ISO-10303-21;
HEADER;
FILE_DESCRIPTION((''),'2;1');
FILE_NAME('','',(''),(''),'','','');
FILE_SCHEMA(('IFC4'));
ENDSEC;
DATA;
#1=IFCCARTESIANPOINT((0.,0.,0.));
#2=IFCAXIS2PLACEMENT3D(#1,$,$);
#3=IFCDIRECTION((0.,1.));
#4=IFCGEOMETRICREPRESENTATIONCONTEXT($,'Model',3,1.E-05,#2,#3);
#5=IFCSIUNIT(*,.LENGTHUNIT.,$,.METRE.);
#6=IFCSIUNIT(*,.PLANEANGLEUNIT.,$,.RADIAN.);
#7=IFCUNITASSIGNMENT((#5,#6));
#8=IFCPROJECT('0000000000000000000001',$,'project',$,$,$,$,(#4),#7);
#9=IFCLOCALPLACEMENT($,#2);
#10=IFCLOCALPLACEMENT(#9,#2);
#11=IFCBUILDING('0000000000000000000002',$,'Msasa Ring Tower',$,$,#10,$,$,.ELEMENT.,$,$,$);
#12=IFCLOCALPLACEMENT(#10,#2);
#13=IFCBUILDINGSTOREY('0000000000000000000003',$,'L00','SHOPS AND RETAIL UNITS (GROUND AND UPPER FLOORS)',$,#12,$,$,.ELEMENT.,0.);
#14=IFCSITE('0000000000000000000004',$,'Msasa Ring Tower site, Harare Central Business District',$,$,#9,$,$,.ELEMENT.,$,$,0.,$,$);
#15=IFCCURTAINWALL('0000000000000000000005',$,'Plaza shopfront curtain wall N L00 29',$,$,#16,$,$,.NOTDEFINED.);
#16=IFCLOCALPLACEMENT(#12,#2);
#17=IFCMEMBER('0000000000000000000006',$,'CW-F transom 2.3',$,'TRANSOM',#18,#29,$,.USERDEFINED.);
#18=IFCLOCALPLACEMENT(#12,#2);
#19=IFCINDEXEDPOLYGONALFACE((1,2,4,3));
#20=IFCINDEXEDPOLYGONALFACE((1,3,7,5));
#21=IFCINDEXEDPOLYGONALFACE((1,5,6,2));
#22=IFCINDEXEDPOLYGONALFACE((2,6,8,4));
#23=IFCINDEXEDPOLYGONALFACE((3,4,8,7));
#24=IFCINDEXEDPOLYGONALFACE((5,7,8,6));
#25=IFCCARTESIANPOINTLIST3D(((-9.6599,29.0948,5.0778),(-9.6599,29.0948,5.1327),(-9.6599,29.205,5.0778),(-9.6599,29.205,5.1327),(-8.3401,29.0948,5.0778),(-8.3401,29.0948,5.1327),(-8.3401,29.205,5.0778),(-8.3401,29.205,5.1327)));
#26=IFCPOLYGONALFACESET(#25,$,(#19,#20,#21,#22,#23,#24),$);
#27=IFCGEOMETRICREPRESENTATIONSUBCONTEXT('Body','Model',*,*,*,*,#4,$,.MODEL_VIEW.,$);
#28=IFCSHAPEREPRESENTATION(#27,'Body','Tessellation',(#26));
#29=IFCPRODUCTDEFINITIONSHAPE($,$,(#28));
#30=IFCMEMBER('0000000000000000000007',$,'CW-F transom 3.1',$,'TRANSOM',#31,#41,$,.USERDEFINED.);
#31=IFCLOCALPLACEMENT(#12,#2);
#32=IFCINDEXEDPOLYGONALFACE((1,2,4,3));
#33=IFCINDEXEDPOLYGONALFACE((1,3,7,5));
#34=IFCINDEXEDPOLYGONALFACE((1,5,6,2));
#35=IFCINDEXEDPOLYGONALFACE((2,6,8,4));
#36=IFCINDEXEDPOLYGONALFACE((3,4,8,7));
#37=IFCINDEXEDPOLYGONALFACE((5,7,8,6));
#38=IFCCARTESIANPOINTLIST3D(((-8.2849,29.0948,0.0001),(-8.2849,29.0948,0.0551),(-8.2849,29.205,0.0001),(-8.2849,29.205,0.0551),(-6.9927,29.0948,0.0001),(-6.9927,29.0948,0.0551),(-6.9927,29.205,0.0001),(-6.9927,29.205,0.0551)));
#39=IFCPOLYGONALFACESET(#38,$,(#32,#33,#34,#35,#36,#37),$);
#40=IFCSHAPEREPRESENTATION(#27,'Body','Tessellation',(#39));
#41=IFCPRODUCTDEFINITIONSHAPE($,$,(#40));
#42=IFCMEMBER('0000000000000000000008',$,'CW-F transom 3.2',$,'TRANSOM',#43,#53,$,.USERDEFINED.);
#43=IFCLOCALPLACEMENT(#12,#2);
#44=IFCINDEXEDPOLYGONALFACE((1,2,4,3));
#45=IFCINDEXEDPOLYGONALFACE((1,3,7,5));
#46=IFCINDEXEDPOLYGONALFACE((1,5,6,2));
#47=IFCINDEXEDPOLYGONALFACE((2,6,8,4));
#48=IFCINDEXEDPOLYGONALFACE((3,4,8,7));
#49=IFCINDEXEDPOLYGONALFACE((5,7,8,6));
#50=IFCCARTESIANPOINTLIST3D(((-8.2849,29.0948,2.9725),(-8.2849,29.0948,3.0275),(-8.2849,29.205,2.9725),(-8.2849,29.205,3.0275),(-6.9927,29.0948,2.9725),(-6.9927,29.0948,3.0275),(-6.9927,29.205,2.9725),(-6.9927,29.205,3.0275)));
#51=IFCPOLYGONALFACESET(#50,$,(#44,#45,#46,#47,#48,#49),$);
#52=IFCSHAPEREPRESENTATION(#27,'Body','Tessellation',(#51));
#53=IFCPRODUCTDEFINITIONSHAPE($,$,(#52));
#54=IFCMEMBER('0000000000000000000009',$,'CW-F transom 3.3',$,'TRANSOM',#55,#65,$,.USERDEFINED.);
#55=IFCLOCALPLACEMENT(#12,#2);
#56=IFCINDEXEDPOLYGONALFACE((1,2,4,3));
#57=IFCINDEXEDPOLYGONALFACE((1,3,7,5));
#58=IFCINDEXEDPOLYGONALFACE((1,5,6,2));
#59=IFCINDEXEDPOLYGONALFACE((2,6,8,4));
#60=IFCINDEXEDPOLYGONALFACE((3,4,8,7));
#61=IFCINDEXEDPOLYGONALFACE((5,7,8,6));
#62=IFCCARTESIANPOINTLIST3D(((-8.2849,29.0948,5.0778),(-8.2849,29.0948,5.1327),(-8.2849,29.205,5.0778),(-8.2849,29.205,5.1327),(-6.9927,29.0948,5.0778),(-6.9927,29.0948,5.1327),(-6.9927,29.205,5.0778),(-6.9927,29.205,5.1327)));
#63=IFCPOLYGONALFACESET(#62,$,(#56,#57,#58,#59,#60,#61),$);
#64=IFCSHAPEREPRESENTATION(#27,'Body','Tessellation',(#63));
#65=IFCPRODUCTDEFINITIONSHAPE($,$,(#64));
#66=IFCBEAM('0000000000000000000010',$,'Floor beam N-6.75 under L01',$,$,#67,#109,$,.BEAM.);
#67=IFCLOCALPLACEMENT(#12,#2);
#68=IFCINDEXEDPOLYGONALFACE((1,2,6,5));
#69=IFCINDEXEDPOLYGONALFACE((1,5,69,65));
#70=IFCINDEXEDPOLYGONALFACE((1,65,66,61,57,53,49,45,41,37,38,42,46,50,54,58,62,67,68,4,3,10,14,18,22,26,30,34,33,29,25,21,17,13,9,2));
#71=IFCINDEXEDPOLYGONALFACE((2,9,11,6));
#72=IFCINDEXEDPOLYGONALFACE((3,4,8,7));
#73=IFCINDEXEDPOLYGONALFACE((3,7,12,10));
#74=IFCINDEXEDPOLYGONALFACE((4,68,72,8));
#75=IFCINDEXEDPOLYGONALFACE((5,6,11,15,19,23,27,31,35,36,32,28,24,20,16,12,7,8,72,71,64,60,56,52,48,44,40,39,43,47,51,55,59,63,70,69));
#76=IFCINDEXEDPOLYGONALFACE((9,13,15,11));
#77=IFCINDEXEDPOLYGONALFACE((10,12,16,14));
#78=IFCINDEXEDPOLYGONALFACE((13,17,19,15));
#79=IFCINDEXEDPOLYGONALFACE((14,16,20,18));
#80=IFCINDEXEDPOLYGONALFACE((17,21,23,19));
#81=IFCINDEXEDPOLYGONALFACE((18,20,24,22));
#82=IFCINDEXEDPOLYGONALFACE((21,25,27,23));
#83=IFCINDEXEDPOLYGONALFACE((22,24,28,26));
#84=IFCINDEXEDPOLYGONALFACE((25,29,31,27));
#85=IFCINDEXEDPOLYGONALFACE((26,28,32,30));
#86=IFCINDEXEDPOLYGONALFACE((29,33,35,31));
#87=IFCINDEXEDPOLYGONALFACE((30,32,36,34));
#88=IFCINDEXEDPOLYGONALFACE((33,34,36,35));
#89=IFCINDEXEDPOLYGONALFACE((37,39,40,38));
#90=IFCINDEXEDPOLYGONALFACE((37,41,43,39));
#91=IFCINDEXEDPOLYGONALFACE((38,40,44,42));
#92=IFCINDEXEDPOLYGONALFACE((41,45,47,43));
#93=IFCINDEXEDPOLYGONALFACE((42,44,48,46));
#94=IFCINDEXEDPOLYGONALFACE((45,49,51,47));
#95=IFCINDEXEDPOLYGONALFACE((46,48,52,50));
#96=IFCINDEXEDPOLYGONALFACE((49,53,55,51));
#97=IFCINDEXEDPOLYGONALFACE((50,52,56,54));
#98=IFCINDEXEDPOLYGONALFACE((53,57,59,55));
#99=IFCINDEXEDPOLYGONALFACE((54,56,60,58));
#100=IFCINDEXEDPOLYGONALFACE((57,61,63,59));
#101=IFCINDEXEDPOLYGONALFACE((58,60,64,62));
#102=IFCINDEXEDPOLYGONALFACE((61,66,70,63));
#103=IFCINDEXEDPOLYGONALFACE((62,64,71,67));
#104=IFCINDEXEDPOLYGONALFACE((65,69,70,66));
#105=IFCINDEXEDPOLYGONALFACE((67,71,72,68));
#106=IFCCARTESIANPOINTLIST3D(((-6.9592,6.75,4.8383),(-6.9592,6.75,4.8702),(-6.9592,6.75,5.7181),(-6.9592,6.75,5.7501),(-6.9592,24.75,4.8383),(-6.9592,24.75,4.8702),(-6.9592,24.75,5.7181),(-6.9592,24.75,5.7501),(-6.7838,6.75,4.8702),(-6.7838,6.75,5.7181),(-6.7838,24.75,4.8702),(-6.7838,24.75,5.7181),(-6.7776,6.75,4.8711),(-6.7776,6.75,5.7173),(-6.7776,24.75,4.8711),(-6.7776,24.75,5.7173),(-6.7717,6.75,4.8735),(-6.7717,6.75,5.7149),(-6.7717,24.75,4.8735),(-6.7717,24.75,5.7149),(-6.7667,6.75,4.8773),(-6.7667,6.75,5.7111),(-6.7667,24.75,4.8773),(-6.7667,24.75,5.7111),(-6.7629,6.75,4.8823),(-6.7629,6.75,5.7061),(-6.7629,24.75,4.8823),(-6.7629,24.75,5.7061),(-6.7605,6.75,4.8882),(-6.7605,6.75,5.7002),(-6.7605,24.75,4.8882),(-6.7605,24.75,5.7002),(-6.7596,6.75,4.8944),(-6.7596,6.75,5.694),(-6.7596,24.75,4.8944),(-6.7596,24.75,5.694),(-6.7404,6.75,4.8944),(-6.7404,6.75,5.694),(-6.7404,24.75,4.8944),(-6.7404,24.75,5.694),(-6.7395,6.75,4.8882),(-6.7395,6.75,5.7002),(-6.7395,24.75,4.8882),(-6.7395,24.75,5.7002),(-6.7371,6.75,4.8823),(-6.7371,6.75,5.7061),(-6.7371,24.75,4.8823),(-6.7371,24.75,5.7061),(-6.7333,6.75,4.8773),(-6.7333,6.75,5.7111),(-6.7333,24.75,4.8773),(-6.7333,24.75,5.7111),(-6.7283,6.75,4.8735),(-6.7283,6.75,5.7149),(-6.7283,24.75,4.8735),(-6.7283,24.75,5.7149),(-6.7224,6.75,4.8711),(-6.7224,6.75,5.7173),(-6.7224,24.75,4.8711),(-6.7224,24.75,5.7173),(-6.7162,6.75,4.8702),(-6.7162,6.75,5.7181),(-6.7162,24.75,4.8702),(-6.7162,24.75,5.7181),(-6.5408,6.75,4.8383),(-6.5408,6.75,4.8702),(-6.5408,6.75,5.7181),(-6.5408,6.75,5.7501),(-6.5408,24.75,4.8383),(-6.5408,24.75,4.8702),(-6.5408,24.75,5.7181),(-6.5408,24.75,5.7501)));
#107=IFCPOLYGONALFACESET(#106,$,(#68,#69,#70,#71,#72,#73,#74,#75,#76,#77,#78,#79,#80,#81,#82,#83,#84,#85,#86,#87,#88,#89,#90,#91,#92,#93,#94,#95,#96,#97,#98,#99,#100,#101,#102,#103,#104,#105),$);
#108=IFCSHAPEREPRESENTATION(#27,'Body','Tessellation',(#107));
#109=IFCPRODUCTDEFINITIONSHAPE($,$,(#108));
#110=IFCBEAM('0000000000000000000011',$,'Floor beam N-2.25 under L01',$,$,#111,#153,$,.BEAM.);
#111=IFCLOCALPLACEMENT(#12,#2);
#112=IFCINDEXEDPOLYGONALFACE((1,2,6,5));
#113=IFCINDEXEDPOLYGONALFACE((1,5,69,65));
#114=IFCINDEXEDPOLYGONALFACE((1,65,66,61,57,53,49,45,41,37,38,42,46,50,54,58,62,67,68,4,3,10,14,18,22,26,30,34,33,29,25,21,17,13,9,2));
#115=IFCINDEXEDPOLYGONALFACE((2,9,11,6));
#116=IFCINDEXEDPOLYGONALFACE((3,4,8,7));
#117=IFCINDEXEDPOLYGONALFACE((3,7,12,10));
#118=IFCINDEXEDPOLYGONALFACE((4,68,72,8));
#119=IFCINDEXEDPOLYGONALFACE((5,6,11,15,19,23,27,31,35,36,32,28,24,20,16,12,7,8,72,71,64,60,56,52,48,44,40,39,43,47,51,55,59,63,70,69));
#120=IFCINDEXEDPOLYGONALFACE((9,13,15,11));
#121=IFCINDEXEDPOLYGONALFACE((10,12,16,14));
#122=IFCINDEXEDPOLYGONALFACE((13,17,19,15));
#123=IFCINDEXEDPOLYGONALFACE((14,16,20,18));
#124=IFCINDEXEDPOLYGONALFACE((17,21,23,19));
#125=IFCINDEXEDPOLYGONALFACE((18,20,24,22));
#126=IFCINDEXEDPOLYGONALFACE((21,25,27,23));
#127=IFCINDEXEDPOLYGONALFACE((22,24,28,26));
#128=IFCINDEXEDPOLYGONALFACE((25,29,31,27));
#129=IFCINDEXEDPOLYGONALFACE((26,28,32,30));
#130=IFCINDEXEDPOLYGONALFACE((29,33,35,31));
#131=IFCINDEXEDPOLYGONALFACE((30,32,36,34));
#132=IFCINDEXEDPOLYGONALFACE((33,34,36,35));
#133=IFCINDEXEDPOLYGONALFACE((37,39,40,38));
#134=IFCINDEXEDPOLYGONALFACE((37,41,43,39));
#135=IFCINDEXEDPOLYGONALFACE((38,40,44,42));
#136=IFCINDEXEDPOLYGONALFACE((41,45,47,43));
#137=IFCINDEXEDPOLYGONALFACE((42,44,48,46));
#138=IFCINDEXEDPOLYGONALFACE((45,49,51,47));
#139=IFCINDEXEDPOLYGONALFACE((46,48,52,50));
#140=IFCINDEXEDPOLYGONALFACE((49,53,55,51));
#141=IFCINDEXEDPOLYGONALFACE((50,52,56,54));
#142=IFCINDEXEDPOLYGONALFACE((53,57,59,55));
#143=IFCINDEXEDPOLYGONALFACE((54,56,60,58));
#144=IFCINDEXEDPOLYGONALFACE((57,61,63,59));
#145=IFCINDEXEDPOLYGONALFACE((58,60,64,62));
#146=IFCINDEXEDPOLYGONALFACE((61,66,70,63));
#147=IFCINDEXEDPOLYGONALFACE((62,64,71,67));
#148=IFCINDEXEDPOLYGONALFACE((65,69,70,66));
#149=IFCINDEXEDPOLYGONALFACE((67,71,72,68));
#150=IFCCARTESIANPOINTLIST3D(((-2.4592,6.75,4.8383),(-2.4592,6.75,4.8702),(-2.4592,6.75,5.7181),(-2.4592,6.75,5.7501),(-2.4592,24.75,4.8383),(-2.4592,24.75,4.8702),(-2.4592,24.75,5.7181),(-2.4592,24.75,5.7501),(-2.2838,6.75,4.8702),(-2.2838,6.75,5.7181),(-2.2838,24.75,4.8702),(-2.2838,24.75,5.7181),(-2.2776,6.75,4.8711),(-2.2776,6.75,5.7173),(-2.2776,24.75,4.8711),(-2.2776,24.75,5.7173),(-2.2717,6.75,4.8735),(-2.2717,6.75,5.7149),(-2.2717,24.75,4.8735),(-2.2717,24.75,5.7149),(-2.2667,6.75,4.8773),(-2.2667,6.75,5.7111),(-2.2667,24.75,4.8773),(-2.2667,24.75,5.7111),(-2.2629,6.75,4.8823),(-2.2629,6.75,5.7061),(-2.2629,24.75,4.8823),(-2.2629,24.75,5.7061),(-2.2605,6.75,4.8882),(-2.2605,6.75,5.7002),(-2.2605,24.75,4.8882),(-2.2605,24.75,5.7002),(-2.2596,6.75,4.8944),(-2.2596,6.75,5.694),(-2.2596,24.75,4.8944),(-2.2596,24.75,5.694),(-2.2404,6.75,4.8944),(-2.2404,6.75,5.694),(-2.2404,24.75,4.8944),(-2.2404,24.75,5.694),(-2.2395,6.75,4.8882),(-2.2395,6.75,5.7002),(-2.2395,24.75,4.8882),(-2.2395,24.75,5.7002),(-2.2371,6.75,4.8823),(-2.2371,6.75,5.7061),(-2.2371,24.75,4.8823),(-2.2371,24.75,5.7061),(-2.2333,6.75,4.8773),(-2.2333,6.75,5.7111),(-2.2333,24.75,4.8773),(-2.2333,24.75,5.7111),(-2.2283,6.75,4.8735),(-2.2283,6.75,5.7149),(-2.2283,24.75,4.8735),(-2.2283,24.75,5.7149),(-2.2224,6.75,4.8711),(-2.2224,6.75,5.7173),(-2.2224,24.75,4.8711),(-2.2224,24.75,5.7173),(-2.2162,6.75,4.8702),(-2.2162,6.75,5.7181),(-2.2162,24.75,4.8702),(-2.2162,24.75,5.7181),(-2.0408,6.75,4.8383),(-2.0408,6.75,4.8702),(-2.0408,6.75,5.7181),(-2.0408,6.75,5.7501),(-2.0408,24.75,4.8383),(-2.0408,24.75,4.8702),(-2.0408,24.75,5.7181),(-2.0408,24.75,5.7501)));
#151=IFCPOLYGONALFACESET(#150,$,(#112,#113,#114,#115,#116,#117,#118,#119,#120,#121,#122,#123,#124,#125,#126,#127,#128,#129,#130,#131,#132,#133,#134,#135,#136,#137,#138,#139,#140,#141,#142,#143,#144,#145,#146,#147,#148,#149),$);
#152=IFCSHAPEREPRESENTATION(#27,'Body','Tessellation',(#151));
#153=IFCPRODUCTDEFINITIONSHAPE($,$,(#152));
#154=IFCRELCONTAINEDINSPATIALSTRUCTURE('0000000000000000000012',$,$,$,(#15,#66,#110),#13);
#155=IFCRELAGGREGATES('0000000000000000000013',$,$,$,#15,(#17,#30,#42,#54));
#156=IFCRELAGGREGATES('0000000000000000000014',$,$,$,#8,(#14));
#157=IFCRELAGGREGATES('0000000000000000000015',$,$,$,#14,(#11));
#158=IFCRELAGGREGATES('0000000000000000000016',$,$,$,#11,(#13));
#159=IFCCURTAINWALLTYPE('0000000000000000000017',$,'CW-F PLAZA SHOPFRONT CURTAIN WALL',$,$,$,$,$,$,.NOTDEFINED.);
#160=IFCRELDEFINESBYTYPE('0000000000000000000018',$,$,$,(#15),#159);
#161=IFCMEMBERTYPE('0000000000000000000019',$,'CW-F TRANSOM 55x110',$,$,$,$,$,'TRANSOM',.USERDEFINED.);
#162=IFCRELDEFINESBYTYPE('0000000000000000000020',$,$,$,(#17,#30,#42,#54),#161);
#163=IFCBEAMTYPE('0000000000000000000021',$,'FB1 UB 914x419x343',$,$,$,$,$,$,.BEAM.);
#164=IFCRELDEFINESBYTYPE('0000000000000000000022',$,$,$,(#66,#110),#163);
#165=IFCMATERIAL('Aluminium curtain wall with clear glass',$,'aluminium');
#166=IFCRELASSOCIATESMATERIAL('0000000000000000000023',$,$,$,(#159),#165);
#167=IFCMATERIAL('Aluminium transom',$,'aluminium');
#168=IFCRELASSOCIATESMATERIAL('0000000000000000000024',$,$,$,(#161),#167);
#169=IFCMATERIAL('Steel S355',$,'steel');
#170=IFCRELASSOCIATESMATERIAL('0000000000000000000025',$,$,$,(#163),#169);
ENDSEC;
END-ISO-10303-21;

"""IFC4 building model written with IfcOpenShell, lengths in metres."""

from ifc_helpers import new_model, si_unit, direction, frame, origin, origin_2d, place, context, subcontext, project, spatial, rectangle, i_section, extrude, material, material_profile, profile_set, type_object, element, aggregate, save


model = new_model("IFC4")

# Units and contexts
model_context = context("Model", 3, precision=1e-05, world=origin(), true_north=direction((0.0, 1.0)))
body_context = subcontext(model_context, "Body", "Model", "MODEL_VIEW")
ifc_project = project(units=[si_unit("LENGTHUNIT", "METRE"), si_unit("PLANEANGLEUNIT", "RADIAN")], contexts=[model_context])

# Site, building, storey
site_placement = place(None, origin())
site = spatial("IfcSite", under=ifc_project, at=site_placement, Name="Msasa Ring Tower site, Harare Central Business District", CompositionType="ELEMENT", RefElevation=0.0)
building_placement = place(site_placement, origin())
building = spatial("IfcBuilding", under=site, at=building_placement, Name="Msasa Ring Tower", CompositionType="ELEMENT")
storey_placement = place(building_placement, origin())
storey = spatial("IfcBuildingStorey", under=building, at=storey_placement, Name="L00", Description="SHOPS AND RETAIL UNITS (GROUND AND UPPER FLOORS)", CompositionType="ELEMENT", Elevation=0.0)

# Curtain wall, members
ifc_material_1 = material(Name="Aluminium curtain wall with clear glass", Category="aluminium")
curtain_wall_type = type_object("IfcCurtainWallType", Name="CW-F PLAZA SHOPFRONT CURTAIN WALL", PredefinedType="NOTDEFINED", material=ifc_material_1)
curtain_wall_placement = place(storey_placement, origin())
curtain_wall = element("IfcCurtainWall", 1, at=curtain_wall_placement, inside=storey, type_object=curtain_wall_type, Name="Plaza shopfront curtain wall N L00 29", PredefinedType="NOTDEFINED")
ifc_material_2 = material(Name="Aluminium transom", Category="aluminium")
ifc_material_profile_1 = material_profile(ifc_material_2, rectangle(XDim=0.1101, YDim=0.0549, at=origin_2d()), Name="AL 55x110")
ifc_profile_set_1 = profile_set([ifc_material_profile_1], Name="Aluminium transom")
member_type_1 = type_object("IfcMemberType", Name="CW-F TRANSOM 55x110", ElementType="TRANSOM", PredefinedType="USERDEFINED", material=ifc_profile_set_1)
member_1_placement = place(storey_placement, frame((-9.6599, 29.1499, 5.1052), z_axis=(1.0, 0.0, 0.0), x_axis=(0.0, 1.0, 0.0)))
member_1 = element("IfcMember", 2, at=member_1_placement, type_object=member_type_1, Name="CW-F transom 2.3", ObjectType="TRANSOM", PredefinedType="USERDEFINED", context=body_context, shape_type="SweptSolid", body=[
    extrude(rectangle(XDim=0.1101, YDim=0.0549, at=origin_2d()), origin(), (0.0, 0.0, 1.0), 1.3198),
])
member_2_placement = place(storey_placement, frame((-8.2849, 29.1499, 0.0276), z_axis=(1.0, 0.0, 0.0), x_axis=(0.0, 1.0, 0.0)))
member_2 = element("IfcMember", 3, at=member_2_placement, type_object=member_type_1, Name="CW-F transom 3.1", ObjectType="TRANSOM", PredefinedType="USERDEFINED", context=body_context, shape_type="SweptSolid", body=[
    extrude(rectangle(XDim=0.1101, YDim=0.0549, at=origin_2d()), origin(), (0.0, 0.0, 1.0), 1.2922),
])
member_3_placement = place(storey_placement, frame((-8.2849, 29.1499, 3.0), z_axis=(1.0, 0.0, 0.0), x_axis=(0.0, 1.0, 0.0)))
member_3 = element("IfcMember", 4, at=member_3_placement, type_object=member_type_1, Name="CW-F transom 3.2", ObjectType="TRANSOM", PredefinedType="USERDEFINED", context=body_context, shape_type="SweptSolid", body=[
    extrude(rectangle(XDim=0.1101, YDim=0.0549, at=origin_2d()), origin(), (0.0, 0.0, 1.0), 1.2922),
])
member_4_placement = place(storey_placement, frame((-8.2849, 29.1499, 5.1052), z_axis=(1.0, 0.0, 0.0), x_axis=(0.0, 1.0, 0.0)))
member_4 = element("IfcMember", 5, at=member_4_placement, type_object=member_type_1, Name="CW-F transom 3.3", ObjectType="TRANSOM", PredefinedType="USERDEFINED", context=body_context, shape_type="SweptSolid", body=[
    extrude(rectangle(XDim=0.1101, YDim=0.0549, at=origin_2d()), origin(), (0.0, 0.0, 1.0), 1.2922),
])

# Beams
ifc_material_3 = material(Name="Steel S355", Category="steel")
ifc_material_profile_2 = material_profile(ifc_material_3, i_section(OverallWidth=0.4185, OverallDepth=0.9119, WebThickness=0.0193, FlangeThickness=0.032, FilletRadius=0.0242, at=origin_2d()), Name="UB 914x419x343")
ifc_profile_set_2 = profile_set([ifc_material_profile_2], Name="Steel S355")
beam_type_1 = type_object("IfcBeamType", Name="FB1 UB 914x419x343", PredefinedType="BEAM", material=ifc_profile_set_2)
for number, where, z_axis, x_axis, name in (
    (6, (-6.75, 24.75, 5.2942), (0.0, -1.0, 0.0), (1.0, 0.0, 0.0), "Floor beam N-6.75 under L01"),
    (7, (-2.25, 24.75, 5.2942), (0.0, -1.0, 0.0), (1.0, 0.0, 0.0), "Floor beam N-2.25 under L01"),
):
    element("IfcBeam", number, at=place(storey_placement, frame(where, z_axis=z_axis, x_axis=x_axis)), inside=storey, type_object=beam_type_1, Name=name, PredefinedType="BEAM", context=body_context, shape_type="SweptSolid", body=[
        extrude(i_section(OverallWidth=0.4185, OverallDepth=0.9119, WebThickness=0.0193, FlangeThickness=0.032, FilletRadius=0.0242, at=origin_2d()), origin(), (0.0, 0.0, 1.0), 18.0),
    ])

aggregate(curtain_wall, [member_1, member_2, member_3, member_4])

save(model, "model.ifc")
